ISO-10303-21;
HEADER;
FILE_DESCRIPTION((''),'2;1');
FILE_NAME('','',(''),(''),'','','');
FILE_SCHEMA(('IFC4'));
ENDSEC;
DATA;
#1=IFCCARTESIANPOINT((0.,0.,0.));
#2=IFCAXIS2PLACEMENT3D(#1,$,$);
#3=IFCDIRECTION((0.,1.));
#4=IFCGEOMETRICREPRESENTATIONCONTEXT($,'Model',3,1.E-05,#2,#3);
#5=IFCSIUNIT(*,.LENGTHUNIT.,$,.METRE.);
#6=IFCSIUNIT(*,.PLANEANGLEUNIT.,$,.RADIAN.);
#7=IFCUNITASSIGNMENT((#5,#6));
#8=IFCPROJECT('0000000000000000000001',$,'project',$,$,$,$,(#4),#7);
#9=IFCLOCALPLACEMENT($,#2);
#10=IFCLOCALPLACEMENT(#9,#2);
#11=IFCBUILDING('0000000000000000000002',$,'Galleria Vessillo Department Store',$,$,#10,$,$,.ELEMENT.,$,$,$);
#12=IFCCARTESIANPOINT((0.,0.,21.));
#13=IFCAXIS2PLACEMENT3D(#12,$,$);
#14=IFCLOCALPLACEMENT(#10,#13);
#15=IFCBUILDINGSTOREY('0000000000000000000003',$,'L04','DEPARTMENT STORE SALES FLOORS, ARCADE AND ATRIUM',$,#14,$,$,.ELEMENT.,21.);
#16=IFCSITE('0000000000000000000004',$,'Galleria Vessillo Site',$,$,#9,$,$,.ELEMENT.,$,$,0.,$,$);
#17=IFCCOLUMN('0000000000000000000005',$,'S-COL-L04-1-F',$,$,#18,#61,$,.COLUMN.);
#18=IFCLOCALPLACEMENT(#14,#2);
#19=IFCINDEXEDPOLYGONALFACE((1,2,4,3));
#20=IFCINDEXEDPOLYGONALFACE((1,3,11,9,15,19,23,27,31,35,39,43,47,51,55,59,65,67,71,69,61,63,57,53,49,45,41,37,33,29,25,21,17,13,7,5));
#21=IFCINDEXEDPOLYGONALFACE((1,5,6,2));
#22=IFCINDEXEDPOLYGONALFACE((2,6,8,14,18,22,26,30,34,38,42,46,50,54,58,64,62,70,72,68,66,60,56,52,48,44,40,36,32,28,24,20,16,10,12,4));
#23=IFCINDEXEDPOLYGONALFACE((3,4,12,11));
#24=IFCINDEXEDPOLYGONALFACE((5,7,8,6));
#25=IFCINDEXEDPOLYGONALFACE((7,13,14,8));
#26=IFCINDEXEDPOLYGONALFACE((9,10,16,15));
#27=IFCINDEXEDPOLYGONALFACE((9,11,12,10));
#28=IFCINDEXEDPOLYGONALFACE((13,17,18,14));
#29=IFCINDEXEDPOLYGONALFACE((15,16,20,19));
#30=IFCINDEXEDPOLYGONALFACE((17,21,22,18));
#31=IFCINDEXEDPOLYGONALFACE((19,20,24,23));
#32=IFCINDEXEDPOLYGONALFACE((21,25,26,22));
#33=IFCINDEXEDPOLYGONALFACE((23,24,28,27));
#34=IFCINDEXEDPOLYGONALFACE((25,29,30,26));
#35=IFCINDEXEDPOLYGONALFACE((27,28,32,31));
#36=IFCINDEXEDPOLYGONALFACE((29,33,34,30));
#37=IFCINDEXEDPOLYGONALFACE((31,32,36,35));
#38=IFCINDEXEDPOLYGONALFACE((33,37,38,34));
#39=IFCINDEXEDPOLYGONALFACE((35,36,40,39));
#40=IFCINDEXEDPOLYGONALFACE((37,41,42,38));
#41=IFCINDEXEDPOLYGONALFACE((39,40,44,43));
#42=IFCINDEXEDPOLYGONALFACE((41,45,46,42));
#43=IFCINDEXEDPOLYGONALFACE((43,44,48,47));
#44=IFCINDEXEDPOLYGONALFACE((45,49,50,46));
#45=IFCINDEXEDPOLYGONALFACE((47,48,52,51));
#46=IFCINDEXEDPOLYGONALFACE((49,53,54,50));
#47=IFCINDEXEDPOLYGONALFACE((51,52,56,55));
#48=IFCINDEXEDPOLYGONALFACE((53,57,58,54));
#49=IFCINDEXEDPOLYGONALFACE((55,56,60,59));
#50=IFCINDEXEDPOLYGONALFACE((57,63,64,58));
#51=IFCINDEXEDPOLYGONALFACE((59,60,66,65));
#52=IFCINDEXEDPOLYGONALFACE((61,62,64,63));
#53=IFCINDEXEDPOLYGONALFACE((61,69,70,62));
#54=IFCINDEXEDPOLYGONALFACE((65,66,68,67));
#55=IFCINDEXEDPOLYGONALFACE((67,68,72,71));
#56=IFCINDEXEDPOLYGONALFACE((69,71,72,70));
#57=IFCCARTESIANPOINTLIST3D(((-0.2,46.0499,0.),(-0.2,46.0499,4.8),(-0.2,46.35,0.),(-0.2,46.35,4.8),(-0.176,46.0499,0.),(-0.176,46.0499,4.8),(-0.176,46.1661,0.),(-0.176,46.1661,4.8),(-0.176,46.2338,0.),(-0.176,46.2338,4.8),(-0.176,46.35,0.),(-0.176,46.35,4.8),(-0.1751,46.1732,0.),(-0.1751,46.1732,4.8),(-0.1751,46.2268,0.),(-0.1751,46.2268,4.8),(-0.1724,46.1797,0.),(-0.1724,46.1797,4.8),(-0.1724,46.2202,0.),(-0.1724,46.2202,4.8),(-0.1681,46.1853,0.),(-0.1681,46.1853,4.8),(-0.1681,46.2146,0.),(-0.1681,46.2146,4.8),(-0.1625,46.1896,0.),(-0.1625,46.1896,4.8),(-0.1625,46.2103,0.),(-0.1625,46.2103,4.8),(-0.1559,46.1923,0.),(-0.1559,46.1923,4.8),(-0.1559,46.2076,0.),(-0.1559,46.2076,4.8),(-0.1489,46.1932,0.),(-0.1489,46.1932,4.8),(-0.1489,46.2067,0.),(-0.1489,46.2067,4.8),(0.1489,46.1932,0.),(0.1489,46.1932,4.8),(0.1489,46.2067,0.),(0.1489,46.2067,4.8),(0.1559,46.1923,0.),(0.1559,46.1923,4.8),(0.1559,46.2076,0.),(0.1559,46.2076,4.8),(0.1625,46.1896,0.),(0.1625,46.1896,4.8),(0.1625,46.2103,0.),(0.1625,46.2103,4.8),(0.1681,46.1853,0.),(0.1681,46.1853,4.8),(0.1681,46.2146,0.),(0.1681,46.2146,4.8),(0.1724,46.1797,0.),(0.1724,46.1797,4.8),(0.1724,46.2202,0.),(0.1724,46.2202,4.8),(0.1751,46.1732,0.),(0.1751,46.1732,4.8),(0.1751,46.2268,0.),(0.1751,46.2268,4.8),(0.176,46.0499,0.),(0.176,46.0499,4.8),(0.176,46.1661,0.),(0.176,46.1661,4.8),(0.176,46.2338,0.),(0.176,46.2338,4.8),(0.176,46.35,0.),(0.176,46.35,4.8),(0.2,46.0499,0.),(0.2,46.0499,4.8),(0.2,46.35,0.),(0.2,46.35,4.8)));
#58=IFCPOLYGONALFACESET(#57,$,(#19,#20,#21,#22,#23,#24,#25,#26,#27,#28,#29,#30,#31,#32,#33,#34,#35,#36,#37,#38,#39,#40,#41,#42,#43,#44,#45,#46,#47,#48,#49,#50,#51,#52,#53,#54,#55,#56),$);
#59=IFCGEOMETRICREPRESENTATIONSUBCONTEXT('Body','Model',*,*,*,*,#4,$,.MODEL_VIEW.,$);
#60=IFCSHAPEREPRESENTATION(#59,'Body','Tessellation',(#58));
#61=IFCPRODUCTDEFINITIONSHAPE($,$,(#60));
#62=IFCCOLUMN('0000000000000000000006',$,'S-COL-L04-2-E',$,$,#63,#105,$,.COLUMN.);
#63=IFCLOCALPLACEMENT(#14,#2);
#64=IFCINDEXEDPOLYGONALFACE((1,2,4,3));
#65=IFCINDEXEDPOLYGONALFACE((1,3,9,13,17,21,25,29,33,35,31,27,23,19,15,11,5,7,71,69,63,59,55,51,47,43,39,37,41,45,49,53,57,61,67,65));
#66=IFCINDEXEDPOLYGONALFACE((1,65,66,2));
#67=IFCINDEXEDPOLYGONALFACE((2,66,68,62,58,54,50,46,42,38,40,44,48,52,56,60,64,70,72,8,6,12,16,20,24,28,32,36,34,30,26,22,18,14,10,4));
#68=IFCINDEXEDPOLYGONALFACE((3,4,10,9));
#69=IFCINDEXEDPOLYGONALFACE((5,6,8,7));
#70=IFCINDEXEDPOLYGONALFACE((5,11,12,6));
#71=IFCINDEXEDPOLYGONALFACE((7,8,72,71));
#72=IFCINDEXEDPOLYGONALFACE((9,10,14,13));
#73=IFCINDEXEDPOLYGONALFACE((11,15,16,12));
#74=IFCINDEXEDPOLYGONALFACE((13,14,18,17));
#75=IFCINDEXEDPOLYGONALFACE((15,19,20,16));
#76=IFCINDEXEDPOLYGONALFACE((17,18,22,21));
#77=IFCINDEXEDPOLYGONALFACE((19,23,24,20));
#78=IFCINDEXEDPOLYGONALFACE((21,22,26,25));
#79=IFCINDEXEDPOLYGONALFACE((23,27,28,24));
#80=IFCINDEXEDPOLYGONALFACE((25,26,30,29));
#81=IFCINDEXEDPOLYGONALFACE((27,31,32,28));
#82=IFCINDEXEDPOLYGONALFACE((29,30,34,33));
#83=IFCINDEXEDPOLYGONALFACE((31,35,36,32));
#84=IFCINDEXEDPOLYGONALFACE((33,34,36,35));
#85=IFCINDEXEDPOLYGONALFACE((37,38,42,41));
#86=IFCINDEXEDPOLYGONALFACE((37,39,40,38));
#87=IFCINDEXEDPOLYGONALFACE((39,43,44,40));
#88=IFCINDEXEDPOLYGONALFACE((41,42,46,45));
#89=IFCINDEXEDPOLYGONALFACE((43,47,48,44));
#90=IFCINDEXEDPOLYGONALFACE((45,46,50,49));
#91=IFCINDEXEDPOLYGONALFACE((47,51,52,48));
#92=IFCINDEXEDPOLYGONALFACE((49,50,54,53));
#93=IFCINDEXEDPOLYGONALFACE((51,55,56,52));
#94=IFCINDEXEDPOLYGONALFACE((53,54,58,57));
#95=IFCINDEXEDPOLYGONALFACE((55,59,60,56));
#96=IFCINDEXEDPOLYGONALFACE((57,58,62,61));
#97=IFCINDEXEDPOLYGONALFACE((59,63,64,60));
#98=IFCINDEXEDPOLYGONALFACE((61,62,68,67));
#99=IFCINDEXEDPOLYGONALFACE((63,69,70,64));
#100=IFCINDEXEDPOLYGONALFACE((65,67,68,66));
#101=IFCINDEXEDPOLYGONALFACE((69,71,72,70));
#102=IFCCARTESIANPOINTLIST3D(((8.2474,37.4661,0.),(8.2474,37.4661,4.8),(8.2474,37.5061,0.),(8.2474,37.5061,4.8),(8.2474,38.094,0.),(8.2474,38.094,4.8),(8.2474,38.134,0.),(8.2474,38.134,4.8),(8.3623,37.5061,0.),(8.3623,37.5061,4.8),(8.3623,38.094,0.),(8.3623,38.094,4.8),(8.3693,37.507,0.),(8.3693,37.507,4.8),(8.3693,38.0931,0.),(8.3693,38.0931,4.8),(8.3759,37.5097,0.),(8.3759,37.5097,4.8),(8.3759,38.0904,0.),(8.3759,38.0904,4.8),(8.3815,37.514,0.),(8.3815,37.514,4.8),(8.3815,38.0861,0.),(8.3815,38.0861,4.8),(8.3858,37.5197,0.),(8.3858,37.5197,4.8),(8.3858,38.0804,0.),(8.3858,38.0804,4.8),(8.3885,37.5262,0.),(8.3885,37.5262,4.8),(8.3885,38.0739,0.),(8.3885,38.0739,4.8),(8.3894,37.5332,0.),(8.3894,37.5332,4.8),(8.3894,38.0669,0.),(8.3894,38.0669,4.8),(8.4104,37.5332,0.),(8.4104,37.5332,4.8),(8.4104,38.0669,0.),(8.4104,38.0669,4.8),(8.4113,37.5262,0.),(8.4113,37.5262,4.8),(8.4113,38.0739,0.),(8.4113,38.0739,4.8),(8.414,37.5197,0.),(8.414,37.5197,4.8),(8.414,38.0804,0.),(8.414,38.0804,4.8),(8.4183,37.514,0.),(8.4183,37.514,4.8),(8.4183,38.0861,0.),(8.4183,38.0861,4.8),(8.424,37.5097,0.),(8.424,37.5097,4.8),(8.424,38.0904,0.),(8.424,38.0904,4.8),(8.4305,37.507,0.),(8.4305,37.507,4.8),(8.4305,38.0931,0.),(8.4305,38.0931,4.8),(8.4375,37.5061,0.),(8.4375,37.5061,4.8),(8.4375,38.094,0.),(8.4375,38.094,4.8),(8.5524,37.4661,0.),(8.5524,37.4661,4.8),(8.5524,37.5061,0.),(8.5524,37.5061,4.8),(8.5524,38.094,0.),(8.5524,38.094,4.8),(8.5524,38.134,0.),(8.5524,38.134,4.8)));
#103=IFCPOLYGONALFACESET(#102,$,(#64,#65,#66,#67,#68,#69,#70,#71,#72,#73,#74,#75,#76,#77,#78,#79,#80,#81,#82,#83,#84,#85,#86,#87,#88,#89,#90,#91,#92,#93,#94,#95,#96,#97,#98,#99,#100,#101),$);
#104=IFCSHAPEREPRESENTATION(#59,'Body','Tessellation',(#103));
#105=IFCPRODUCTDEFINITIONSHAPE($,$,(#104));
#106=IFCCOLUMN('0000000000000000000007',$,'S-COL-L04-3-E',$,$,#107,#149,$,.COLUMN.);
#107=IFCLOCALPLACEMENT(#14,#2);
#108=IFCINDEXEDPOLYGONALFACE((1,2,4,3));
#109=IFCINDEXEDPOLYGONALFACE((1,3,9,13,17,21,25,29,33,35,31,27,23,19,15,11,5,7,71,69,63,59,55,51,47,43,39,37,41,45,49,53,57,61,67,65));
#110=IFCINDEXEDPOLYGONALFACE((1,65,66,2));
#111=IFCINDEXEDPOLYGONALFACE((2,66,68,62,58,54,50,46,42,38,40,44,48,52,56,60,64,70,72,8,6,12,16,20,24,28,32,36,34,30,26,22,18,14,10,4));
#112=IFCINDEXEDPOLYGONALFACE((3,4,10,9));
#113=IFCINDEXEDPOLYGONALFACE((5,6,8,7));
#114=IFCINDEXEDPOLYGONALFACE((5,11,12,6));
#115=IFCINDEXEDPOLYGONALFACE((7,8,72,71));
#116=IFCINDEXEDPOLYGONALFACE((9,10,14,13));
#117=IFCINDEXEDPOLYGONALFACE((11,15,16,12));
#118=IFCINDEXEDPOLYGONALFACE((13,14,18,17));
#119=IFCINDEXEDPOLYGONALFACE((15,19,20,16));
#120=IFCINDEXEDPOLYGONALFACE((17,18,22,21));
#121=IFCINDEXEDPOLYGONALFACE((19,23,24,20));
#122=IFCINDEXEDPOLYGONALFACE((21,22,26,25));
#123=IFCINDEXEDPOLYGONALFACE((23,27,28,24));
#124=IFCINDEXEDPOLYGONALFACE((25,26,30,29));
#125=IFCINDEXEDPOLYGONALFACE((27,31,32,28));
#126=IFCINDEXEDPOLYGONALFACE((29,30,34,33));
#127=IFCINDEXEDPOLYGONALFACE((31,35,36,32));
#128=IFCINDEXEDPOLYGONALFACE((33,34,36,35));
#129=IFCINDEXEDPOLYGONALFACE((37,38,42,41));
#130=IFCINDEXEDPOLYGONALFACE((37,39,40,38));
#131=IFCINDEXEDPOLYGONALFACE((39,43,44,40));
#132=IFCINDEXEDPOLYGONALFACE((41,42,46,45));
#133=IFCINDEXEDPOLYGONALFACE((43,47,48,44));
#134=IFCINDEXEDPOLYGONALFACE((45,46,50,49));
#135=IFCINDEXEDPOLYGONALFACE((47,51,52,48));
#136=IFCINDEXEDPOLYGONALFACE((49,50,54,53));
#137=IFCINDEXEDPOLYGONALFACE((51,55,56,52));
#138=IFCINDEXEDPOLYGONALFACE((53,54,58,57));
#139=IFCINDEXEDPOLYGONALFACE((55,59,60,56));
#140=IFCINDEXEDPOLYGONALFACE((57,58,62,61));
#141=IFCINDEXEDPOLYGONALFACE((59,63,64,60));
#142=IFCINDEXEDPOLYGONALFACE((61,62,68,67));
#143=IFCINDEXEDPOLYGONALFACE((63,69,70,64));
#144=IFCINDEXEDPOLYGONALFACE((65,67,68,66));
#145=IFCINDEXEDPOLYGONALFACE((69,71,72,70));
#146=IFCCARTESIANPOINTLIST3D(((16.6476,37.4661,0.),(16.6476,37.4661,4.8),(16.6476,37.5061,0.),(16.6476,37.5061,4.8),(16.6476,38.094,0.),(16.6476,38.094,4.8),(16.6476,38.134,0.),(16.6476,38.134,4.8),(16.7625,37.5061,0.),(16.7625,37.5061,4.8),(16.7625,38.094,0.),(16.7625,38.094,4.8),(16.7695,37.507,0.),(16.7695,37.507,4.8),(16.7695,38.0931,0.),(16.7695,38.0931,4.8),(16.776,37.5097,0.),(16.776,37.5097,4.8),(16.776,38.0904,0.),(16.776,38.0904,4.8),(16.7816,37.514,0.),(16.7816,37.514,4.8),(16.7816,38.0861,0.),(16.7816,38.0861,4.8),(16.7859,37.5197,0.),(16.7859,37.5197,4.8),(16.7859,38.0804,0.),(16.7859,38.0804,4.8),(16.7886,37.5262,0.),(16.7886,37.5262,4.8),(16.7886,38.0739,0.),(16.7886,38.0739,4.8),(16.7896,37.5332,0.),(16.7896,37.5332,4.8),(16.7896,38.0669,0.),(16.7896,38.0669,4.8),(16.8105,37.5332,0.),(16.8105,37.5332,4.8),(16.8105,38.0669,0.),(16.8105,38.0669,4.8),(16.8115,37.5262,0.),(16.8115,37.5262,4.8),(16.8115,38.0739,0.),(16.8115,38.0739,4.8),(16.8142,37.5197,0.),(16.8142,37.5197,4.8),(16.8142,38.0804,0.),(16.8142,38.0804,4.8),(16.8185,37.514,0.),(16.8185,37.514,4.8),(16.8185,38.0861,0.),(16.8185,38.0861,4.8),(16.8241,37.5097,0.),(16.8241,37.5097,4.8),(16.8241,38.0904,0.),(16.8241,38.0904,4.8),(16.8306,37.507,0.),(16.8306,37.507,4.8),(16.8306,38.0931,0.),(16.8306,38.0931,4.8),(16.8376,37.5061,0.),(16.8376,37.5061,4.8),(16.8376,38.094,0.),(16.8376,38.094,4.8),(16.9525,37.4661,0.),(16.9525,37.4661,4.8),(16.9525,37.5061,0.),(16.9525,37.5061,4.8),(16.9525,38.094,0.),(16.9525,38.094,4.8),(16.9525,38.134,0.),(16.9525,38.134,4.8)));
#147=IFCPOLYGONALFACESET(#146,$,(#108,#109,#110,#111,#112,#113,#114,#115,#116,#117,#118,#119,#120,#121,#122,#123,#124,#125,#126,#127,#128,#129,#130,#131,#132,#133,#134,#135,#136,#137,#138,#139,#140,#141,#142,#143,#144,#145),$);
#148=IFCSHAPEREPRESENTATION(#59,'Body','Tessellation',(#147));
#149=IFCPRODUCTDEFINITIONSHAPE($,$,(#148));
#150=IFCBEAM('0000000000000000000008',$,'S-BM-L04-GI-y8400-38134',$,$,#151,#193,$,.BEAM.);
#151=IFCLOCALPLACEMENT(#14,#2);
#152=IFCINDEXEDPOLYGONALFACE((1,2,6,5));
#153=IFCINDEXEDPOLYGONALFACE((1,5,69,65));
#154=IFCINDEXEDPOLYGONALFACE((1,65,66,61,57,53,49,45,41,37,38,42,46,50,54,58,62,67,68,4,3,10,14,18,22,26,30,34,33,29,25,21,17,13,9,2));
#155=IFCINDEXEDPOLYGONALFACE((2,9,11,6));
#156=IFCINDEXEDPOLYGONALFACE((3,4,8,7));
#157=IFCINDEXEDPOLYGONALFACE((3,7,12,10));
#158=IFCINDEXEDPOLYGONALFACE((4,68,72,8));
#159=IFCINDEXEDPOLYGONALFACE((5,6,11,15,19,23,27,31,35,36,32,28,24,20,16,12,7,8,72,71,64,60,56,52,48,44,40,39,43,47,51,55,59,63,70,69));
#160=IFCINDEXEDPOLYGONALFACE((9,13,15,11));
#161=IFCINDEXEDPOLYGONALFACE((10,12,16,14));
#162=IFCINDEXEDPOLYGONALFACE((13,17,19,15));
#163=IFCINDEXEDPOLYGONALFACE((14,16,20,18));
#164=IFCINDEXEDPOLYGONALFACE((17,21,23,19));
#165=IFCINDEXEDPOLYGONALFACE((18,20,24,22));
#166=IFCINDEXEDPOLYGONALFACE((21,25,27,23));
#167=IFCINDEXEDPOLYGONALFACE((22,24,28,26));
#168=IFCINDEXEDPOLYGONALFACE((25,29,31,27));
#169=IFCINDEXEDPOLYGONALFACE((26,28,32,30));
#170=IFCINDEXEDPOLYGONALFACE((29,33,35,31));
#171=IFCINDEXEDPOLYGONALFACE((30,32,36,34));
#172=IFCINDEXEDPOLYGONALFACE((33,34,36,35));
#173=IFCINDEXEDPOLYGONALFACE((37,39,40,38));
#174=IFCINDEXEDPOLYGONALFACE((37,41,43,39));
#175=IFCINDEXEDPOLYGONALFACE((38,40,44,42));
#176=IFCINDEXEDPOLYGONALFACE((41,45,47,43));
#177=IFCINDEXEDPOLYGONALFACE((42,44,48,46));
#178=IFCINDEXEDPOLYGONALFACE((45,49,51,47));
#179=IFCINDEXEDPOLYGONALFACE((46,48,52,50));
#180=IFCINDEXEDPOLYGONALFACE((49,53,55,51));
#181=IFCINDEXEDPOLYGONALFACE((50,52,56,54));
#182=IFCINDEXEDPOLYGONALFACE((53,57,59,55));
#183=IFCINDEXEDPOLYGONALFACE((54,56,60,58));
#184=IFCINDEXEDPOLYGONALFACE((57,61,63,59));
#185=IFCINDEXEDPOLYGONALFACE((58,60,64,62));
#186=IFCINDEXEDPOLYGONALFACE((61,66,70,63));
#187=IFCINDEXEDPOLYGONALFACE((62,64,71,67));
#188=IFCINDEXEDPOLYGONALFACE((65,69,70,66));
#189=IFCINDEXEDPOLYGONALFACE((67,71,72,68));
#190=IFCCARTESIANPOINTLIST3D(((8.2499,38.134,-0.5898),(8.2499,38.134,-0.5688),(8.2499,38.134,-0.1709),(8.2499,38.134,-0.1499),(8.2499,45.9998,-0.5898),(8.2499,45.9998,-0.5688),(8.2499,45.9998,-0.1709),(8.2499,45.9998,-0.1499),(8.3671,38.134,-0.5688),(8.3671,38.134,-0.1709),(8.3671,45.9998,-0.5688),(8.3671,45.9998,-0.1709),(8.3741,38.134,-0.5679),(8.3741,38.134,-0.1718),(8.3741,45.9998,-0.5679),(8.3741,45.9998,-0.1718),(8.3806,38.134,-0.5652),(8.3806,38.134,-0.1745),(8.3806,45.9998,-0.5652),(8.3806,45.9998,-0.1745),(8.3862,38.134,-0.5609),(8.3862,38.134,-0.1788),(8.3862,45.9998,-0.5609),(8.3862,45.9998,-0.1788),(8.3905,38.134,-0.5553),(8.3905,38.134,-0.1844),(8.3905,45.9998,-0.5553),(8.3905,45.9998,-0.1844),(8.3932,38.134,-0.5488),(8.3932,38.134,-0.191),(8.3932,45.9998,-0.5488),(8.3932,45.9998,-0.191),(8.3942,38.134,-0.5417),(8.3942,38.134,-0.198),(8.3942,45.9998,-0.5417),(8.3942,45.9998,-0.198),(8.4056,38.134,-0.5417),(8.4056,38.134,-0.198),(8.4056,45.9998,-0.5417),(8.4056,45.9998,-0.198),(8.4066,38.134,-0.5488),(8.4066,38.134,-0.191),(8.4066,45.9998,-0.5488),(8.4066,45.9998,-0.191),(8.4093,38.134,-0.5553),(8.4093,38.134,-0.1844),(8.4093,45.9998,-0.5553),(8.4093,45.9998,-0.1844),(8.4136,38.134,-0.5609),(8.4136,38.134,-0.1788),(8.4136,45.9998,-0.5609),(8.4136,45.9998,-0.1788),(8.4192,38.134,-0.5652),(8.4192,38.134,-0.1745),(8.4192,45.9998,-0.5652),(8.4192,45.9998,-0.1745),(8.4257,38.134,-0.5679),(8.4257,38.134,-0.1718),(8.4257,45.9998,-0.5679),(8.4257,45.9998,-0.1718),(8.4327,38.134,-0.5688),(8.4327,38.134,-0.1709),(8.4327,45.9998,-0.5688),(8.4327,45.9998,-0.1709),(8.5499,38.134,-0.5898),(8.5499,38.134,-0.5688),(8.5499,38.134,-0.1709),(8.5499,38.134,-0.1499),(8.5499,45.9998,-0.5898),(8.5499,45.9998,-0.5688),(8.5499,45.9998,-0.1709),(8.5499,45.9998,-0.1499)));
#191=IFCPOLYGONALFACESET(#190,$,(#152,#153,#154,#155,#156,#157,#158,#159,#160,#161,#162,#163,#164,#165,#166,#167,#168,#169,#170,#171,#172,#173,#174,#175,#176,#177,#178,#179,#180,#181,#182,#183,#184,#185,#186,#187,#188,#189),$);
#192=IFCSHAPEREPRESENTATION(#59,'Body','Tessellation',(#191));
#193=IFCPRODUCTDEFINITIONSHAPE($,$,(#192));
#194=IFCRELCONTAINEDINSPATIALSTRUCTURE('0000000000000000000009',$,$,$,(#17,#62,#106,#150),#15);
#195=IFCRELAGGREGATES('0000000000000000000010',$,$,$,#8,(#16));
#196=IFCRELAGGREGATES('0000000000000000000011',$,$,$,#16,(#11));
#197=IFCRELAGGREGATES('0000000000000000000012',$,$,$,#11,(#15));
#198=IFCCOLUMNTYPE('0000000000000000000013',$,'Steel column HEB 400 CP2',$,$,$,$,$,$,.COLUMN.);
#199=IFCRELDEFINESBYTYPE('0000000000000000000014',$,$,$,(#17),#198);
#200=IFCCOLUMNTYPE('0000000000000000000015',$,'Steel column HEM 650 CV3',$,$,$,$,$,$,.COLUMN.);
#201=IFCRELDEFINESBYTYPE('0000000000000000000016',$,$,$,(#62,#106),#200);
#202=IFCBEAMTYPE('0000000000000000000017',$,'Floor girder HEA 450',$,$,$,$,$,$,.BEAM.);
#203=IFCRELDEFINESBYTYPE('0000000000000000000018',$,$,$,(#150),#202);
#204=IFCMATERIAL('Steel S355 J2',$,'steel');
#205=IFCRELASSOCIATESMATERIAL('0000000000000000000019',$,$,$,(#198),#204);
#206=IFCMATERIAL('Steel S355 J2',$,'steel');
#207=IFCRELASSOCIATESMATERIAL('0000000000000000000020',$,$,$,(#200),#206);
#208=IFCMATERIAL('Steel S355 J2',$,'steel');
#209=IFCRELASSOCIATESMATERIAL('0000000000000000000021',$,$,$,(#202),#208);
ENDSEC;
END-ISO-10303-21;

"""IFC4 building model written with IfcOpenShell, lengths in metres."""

from ifc_helpers import new_model, si_unit, direction, frame, origin, origin_2d, place, context, subcontext, project, spatial, i_section, extrude, material, material_profile, profile_set, type_object, element, save


model = new_model("IFC4")

# Units and contexts
model_context = context("Model", 3, precision=1e-05, world=origin(), true_north=direction((0.0, 1.0)))
body_context = subcontext(model_context, "Body", "Model", "MODEL_VIEW")
ifc_project = project(units=[si_unit("LENGTHUNIT", "METRE"), si_unit("PLANEANGLEUNIT", "RADIAN")], contexts=[model_context])

# Site, building, storey
site_placement = place(None, origin())
site = spatial("IfcSite", under=ifc_project, at=site_placement, Name="Galleria Vessillo Site", CompositionType="ELEMENT", RefElevation=0.0)
building_placement = place(site_placement, origin())
building = spatial("IfcBuilding", under=site, at=building_placement, Name="Galleria Vessillo Department Store", CompositionType="ELEMENT")
storey_placement = place(building_placement, frame((0.0, 0.0, 21.0)))
storey = spatial("IfcBuildingStorey", under=building, at=storey_placement, Name="L04", Description="DEPARTMENT STORE SALES FLOORS, ARCADE AND ATRIUM", CompositionType="ELEMENT", Elevation=21.0)

# Columns
ifc_material_1 = material(Name="Steel S355 J2", Category="steel")
ifc_material_profile_1 = material_profile(ifc_material_1, i_section(OverallWidth=0.3, OverallDepth=0.3999, WebThickness=0.0134, FlangeThickness=0.0239, FilletRadius=0.0271, at=origin_2d()), Name="HEB 400")
ifc_profile_set_1 = profile_set([ifc_material_profile_1], Name="Steel S355 J2")
column_type_1 = type_object("IfcColumnType", Name="Steel column HEB 400 CP2", PredefinedType="COLUMN", material=ifc_profile_set_1)
column_placement = place(storey_placement, frame((0.0, 46.2, 0.0), z_axis=(0.0, 0.0, 1.0), x_axis=(0.0, 1.0, 0.0)))
element("IfcColumn", 1, at=column_placement, inside=storey, type_object=column_type_1, Name="S-COL-L04-1-F", PredefinedType="COLUMN", context=body_context, shape_type="SweptSolid", body=[
    extrude(i_section(OverallWidth=0.3, OverallDepth=0.3999, WebThickness=0.0134, FlangeThickness=0.0239, FilletRadius=0.0271, at=origin_2d()), origin(), (0.0, 0.0, 1.0), 4.8),
])
ifc_material_2 = material(Name="Steel S355 J2", Category="steel")
ifc_material_profile_2 = material_profile(ifc_material_2, i_section(OverallWidth=0.3049, OverallDepth=0.668, WebThickness=0.021, FlangeThickness=0.04, FilletRadius=0.0271, at=origin_2d()), Name="HEM 650")
ifc_profile_set_2 = profile_set([ifc_material_profile_2], Name="Steel S355 J2")
column_type_2 = type_object("IfcColumnType", Name="Steel column HEM 650 CV3", PredefinedType="COLUMN", material=ifc_profile_set_2)
for number, where, z_axis, x_axis, name in (
    (2, (8.3999, 37.8, 0.0), (0.0, 0.0, 1.0), (1.0, 0.0, 0.0), "S-COL-L04-2-E"),
    (3, (16.8, 37.8, 0.0), (0.0, 0.0, 1.0), (1.0, 0.0, 0.0), "S-COL-L04-3-E"),
):
    element("IfcColumn", number, at=place(storey_placement, frame(where, z_axis=z_axis, x_axis=x_axis)), inside=storey, type_object=column_type_2, Name=name, PredefinedType="COLUMN", context=body_context, shape_type="SweptSolid", body=[
        extrude(i_section(OverallWidth=0.3049, OverallDepth=0.668, WebThickness=0.021, FlangeThickness=0.04, FilletRadius=0.0271, at=origin_2d()), origin(), (0.0, 0.0, 1.0), 4.8),
    ])

# Beam
ifc_material_3 = material(Name="Steel S355 J2", Category="steel")
ifc_material_profile_3 = material_profile(ifc_material_3, i_section(OverallWidth=0.3, OverallDepth=0.4399, WebThickness=0.0115, FlangeThickness=0.021, FilletRadius=0.0271, at=origin_2d()), Name="HEA 450")
ifc_profile_set_3 = profile_set([ifc_material_profile_3], Name="Steel S355 J2")
beam_type_1 = type_object("IfcBeamType", Name="Floor girder HEA 450", PredefinedType="BEAM", material=ifc_profile_set_3)
for number, where, z_axis, x_axis, name in (
    (4, (8.3999, 38.134, -0.3699), (0.0, 1.0, 0.0), (-1.0, 0.0, 0.0), "S-BM-L04-GI-y8400-38134"),
):
    element("IfcBeam", number, at=place(storey_placement, frame(where, z_axis=z_axis, x_axis=x_axis)), inside=storey, type_object=beam_type_1, Name=name, PredefinedType="BEAM", context=body_context, shape_type="SweptSolid", body=[
        extrude(i_section(OverallWidth=0.3, OverallDepth=0.4399, WebThickness=0.0115, FlangeThickness=0.021, FilletRadius=0.0271, at=origin_2d()), origin(), (0.0, 0.0, 1.0), 7.8657),
    ])

save(model, "model.ifc")
